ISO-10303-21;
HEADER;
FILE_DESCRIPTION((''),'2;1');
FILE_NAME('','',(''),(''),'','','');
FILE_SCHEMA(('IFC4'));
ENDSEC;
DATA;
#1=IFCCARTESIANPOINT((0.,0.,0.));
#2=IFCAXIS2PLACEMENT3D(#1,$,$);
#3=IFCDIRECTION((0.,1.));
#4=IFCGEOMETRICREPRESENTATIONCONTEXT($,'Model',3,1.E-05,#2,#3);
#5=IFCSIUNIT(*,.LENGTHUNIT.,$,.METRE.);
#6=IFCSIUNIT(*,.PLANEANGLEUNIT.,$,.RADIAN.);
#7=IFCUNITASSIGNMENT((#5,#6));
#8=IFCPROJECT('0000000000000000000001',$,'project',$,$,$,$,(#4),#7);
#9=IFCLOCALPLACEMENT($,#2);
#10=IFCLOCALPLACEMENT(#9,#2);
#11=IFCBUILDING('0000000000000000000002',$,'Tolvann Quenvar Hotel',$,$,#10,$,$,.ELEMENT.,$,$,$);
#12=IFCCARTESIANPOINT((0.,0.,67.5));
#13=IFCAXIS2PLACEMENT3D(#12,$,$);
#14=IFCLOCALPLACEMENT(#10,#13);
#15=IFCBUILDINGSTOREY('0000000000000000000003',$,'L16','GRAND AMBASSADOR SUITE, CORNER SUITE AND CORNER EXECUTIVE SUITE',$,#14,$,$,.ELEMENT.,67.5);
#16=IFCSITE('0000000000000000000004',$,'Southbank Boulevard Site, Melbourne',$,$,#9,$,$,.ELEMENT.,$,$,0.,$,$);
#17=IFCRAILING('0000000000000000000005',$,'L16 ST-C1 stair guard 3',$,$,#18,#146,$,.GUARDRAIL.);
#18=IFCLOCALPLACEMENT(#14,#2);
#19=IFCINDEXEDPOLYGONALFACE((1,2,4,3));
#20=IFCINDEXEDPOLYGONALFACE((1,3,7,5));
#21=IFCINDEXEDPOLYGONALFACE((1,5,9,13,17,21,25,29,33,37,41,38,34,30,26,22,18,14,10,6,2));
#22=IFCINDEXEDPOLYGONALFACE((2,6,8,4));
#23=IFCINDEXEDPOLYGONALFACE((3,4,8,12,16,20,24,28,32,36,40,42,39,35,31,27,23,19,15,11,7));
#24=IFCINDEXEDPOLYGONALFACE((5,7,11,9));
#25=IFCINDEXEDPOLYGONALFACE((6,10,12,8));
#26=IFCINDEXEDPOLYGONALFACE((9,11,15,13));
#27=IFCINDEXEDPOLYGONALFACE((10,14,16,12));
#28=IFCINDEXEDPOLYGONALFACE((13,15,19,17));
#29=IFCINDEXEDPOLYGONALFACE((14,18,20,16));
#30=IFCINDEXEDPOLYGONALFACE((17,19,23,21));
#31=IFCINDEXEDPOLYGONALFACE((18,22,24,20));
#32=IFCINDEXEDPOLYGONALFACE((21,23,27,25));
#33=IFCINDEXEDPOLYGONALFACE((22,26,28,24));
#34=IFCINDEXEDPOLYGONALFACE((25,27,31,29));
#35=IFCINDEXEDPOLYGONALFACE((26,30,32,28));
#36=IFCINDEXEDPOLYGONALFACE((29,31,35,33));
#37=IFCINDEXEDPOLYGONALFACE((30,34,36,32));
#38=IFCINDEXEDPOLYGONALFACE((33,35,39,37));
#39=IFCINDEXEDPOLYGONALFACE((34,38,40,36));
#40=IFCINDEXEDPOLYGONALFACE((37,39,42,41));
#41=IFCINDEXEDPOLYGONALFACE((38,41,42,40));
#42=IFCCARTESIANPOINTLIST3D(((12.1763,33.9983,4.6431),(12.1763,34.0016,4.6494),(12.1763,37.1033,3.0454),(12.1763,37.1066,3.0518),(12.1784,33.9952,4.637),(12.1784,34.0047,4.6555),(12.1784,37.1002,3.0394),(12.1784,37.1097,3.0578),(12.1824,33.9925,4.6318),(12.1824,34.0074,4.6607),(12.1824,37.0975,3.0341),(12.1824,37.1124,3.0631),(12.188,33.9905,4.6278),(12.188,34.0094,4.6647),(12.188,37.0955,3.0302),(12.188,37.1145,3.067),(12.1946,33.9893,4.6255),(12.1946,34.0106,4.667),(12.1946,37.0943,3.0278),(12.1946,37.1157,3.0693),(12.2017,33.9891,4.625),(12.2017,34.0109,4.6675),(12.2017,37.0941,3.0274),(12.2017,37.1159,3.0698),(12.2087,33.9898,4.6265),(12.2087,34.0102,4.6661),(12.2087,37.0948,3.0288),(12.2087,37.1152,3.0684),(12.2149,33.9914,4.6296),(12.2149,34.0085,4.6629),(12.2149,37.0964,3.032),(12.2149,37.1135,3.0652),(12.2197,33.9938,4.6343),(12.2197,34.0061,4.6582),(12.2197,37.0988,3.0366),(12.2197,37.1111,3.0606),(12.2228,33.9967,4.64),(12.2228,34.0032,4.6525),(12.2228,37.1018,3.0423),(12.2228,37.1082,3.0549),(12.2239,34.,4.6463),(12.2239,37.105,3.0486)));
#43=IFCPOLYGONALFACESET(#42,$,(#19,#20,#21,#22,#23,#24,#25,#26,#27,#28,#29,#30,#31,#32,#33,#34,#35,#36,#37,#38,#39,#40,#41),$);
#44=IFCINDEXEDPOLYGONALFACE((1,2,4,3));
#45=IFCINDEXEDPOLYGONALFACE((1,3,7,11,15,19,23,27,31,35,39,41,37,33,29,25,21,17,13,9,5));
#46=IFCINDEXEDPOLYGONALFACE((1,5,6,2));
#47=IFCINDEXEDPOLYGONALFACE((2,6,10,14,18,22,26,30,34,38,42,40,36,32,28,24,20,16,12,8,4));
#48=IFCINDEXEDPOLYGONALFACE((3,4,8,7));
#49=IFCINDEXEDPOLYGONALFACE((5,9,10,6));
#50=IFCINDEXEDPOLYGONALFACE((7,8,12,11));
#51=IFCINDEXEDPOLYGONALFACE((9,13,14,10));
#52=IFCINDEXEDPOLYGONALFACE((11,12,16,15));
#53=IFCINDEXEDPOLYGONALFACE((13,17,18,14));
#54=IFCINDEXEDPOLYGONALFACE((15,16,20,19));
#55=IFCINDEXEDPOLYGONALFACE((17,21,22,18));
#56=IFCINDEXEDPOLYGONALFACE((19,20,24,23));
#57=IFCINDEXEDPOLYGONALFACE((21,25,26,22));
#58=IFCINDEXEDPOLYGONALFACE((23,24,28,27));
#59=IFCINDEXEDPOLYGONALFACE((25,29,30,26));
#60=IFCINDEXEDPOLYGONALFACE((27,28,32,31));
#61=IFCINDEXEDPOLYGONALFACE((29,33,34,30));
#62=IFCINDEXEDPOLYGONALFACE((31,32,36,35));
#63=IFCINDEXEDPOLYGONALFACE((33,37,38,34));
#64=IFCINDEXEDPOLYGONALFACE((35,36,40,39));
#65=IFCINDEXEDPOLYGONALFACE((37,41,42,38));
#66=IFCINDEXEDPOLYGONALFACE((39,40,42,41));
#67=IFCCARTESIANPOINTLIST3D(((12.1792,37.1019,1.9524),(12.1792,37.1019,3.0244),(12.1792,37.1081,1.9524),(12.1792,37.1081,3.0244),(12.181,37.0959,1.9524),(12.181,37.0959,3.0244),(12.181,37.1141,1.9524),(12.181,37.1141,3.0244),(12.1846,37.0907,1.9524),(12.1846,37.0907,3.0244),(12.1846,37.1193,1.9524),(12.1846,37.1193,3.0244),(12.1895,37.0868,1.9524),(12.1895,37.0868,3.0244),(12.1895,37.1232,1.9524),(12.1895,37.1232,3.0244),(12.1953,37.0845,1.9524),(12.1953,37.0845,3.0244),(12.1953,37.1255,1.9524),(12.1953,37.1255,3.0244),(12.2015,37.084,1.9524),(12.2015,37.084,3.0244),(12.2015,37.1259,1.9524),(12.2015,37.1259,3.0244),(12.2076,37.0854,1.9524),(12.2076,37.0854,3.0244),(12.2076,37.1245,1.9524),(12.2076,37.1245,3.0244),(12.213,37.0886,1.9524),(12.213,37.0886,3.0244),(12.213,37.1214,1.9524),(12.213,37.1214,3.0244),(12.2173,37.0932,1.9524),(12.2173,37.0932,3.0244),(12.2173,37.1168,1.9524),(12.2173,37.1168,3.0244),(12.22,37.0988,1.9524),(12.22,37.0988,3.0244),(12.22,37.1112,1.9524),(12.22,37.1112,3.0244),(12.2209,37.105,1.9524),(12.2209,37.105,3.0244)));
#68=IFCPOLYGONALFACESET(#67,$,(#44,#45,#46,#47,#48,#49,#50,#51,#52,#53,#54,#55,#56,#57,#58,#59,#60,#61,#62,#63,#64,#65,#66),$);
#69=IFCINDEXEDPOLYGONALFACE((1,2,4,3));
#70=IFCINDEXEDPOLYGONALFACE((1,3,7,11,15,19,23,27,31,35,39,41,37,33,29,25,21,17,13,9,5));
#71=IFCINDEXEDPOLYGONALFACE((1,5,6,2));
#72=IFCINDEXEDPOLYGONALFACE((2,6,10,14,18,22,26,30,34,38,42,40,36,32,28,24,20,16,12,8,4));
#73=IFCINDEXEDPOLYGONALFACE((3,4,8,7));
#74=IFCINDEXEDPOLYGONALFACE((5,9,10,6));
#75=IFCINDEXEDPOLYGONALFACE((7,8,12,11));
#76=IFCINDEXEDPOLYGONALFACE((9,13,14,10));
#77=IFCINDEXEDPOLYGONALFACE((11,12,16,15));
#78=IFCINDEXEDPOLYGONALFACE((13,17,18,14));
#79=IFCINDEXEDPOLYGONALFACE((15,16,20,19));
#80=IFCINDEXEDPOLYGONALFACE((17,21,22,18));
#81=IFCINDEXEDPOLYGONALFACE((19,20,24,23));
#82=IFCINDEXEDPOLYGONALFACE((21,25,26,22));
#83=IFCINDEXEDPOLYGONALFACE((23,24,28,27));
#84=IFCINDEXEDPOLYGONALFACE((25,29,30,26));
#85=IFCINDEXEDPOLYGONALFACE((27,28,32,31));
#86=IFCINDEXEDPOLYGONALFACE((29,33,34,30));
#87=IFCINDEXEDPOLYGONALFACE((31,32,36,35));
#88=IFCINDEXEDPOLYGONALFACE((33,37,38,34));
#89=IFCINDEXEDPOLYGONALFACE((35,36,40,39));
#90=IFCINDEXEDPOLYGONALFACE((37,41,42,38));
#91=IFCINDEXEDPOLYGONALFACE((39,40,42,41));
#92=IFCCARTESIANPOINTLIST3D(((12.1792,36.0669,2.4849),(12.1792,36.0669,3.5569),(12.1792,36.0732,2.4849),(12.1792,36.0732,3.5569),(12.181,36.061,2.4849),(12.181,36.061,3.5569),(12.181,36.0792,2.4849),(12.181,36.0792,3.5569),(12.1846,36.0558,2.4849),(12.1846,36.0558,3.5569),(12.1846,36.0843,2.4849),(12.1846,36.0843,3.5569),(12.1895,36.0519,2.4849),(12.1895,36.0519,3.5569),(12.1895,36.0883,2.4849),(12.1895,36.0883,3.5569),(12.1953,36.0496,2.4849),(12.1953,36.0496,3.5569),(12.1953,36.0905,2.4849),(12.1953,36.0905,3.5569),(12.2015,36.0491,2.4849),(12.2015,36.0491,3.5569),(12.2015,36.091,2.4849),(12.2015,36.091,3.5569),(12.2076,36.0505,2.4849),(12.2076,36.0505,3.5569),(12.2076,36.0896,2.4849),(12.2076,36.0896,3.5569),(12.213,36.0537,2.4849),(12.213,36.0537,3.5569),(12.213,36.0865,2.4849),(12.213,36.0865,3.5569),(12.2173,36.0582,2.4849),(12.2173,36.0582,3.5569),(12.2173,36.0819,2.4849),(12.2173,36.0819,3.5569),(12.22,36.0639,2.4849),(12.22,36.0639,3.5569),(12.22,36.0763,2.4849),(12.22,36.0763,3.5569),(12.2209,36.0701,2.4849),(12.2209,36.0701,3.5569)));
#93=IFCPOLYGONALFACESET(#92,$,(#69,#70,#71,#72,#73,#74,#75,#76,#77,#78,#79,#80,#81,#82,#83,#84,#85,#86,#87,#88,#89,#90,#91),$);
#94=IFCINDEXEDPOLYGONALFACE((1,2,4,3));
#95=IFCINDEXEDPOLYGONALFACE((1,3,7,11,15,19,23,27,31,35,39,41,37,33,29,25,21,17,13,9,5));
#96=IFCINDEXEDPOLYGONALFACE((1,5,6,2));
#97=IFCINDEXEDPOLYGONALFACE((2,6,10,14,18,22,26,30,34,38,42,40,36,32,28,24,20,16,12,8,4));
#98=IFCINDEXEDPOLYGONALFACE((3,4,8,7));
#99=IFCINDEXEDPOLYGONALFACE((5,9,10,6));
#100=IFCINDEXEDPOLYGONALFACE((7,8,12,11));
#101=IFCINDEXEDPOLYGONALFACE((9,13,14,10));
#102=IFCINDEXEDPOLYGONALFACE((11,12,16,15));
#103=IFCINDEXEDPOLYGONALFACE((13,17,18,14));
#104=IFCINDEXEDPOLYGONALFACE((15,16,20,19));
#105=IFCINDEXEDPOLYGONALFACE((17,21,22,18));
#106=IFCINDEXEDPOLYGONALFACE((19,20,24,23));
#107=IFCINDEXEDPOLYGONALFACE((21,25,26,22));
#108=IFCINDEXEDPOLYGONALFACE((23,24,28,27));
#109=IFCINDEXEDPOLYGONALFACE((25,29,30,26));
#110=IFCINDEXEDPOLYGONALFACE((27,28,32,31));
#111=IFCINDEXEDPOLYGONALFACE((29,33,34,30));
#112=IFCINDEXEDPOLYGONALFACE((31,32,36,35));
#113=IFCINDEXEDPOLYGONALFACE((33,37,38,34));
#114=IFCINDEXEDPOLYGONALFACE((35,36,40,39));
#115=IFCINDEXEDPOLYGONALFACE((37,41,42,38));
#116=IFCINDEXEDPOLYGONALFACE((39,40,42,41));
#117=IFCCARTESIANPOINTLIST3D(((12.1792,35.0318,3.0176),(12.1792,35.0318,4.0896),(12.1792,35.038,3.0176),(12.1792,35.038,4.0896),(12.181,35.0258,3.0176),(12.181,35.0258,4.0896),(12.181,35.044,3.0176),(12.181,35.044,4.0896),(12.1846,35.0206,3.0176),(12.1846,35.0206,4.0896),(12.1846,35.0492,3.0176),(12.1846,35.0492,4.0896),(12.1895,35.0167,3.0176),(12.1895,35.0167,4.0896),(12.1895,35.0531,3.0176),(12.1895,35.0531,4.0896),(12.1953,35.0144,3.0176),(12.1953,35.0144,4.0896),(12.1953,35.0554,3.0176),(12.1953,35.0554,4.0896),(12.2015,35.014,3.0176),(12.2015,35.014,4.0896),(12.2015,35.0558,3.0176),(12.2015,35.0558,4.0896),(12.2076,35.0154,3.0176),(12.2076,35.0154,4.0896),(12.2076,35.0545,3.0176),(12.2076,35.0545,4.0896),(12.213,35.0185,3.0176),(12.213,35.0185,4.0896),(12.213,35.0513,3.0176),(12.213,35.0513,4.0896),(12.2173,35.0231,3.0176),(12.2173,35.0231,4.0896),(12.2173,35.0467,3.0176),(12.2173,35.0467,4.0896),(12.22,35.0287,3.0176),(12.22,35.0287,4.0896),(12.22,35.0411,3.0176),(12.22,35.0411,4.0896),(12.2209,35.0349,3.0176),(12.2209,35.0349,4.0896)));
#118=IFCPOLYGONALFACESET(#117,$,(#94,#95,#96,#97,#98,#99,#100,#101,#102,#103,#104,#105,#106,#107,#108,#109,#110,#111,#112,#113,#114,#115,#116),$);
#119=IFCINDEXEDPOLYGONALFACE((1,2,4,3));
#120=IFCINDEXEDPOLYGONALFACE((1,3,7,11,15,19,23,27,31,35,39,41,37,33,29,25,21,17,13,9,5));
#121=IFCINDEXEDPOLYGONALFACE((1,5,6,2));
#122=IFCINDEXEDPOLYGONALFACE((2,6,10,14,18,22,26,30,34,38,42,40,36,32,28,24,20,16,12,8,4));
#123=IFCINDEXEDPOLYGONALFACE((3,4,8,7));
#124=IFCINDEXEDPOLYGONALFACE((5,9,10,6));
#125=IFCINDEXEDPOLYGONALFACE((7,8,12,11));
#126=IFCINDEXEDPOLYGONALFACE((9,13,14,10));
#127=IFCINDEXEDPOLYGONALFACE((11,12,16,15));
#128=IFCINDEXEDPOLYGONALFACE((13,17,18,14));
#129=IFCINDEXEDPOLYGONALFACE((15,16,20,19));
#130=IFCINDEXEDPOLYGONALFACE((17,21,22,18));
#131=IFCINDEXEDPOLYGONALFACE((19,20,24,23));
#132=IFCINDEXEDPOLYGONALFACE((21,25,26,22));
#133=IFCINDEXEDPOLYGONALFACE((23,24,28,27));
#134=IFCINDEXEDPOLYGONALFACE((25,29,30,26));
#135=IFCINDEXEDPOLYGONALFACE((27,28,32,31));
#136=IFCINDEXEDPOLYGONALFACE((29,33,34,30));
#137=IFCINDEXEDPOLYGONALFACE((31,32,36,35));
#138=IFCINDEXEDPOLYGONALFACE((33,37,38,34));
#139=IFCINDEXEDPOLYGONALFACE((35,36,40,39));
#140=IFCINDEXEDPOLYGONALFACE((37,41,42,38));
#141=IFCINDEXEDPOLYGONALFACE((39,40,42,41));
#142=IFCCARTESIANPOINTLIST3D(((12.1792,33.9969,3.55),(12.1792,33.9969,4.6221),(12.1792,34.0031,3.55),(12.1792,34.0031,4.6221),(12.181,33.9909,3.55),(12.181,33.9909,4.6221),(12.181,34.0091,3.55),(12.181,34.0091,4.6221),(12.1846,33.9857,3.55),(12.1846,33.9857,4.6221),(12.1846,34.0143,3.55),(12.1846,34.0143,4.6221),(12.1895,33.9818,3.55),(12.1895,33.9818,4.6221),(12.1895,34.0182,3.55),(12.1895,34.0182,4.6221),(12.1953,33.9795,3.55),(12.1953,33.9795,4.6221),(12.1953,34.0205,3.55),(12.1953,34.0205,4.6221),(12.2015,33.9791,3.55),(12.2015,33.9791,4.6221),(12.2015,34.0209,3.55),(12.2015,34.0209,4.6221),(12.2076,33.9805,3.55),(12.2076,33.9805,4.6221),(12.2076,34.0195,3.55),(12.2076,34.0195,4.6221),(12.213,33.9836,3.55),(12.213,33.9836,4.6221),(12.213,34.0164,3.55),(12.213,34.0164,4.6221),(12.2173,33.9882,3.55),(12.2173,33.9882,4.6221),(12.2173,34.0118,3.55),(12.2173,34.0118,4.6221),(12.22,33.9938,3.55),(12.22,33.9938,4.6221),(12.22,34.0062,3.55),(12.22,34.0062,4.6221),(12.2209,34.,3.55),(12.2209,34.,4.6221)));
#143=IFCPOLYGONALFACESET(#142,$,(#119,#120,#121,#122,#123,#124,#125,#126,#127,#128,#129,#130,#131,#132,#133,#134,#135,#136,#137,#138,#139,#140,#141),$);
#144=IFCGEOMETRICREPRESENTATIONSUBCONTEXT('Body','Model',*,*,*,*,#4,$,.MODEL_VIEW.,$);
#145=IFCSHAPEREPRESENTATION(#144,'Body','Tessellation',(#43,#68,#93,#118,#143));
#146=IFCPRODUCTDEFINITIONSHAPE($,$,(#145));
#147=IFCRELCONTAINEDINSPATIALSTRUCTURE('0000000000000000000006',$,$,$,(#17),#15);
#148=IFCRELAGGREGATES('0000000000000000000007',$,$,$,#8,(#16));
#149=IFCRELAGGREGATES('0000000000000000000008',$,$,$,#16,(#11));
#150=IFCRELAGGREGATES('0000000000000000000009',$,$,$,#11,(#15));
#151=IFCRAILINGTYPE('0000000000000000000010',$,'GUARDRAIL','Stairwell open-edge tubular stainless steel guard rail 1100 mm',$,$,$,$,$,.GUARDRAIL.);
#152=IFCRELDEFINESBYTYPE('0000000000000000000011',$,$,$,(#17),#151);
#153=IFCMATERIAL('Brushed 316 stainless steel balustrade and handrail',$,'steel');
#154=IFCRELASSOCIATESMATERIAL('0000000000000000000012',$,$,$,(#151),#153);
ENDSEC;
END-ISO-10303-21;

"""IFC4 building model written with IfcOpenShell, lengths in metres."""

from ifc_helpers import new_model, si_unit, direction, frame, origin, origin_2d, place, context, subcontext, project, spatial, circle, extrude, material, type_object, element, save


model = new_model("IFC4")

# Units and contexts
model_context = context("Model", 3, precision=1e-05, world=origin(), true_north=direction((0.0, 1.0)))
body_context = subcontext(model_context, "Body", "Model", "MODEL_VIEW")
ifc_project = project(units=[si_unit("LENGTHUNIT", "METRE"), si_unit("PLANEANGLEUNIT", "RADIAN")], contexts=[model_context])

# Site, building, storey
site_placement = place(None, origin())
site = spatial("IfcSite", under=ifc_project, at=site_placement, Name="Southbank Boulevard Site, Melbourne", CompositionType="ELEMENT", RefElevation=0.0)
building_placement = place(site_placement, origin())
building = spatial("IfcBuilding", under=site, at=building_placement, Name="Tolvann Quenvar Hotel", CompositionType="ELEMENT")
storey_placement = place(building_placement, frame((0.0, 0.0, 67.5)))
storey = spatial("IfcBuildingStorey", under=building, at=storey_placement, Name="L16", Description="GRAND AMBASSADOR SUITE, CORNER SUITE AND CORNER EXECUTIVE SUITE", CompositionType="ELEMENT", Elevation=67.5)

# Railing
ifc_material_1 = material(Name="Brushed 316 stainless steel balustrade and handrail", Category="steel")
railing_type_1 = type_object("IfcRailingType", Name="GUARDRAIL", Description="Stairwell open-edge tubular stainless steel guard rail 1100 mm", PredefinedType="GUARDRAIL", material=ifc_material_1)
railing_1_placement = place(storey_placement, frame((12.2, 37.105, 1.9524)))
element("IfcRailing", 1, at=railing_1_placement, inside=storey, type_object=railing_type_1, Name="L16 ST-C1 stair guard 3", PredefinedType="GUARDRAIL", context=body_context, shape_type="SweptSolid", body=[
    extrude(circle(Radius=0.0239, at=origin_2d()), frame((0.0, 0.0, 1.0962), z_axis=(0.0, -0.889194, 0.457531), x_axis=(1.0, 0.0, 0.0)), (0.0, 0.0, 1.0), 3.4919),
    extrude(circle(Radius=0.021, at=origin_2d()), origin(), (0.0, 0.0, 1.0), 1.072),
    extrude(circle(Radius=0.021, at=origin_2d()), frame((0.0, -1.0349, 0.5325)), (0.0, 0.0, 1.0), 1.072),
    extrude(circle(Radius=0.021, at=origin_2d()), frame((0.0, -2.0701, 1.0652)), (0.0, 0.0, 1.0), 1.072),
    extrude(circle(Radius=0.021, at=origin_2d()), frame((0.0, -3.105, 1.5977)), (0.0, 0.0, 1.0), 1.072),
])

save(model, "model.ifc")
